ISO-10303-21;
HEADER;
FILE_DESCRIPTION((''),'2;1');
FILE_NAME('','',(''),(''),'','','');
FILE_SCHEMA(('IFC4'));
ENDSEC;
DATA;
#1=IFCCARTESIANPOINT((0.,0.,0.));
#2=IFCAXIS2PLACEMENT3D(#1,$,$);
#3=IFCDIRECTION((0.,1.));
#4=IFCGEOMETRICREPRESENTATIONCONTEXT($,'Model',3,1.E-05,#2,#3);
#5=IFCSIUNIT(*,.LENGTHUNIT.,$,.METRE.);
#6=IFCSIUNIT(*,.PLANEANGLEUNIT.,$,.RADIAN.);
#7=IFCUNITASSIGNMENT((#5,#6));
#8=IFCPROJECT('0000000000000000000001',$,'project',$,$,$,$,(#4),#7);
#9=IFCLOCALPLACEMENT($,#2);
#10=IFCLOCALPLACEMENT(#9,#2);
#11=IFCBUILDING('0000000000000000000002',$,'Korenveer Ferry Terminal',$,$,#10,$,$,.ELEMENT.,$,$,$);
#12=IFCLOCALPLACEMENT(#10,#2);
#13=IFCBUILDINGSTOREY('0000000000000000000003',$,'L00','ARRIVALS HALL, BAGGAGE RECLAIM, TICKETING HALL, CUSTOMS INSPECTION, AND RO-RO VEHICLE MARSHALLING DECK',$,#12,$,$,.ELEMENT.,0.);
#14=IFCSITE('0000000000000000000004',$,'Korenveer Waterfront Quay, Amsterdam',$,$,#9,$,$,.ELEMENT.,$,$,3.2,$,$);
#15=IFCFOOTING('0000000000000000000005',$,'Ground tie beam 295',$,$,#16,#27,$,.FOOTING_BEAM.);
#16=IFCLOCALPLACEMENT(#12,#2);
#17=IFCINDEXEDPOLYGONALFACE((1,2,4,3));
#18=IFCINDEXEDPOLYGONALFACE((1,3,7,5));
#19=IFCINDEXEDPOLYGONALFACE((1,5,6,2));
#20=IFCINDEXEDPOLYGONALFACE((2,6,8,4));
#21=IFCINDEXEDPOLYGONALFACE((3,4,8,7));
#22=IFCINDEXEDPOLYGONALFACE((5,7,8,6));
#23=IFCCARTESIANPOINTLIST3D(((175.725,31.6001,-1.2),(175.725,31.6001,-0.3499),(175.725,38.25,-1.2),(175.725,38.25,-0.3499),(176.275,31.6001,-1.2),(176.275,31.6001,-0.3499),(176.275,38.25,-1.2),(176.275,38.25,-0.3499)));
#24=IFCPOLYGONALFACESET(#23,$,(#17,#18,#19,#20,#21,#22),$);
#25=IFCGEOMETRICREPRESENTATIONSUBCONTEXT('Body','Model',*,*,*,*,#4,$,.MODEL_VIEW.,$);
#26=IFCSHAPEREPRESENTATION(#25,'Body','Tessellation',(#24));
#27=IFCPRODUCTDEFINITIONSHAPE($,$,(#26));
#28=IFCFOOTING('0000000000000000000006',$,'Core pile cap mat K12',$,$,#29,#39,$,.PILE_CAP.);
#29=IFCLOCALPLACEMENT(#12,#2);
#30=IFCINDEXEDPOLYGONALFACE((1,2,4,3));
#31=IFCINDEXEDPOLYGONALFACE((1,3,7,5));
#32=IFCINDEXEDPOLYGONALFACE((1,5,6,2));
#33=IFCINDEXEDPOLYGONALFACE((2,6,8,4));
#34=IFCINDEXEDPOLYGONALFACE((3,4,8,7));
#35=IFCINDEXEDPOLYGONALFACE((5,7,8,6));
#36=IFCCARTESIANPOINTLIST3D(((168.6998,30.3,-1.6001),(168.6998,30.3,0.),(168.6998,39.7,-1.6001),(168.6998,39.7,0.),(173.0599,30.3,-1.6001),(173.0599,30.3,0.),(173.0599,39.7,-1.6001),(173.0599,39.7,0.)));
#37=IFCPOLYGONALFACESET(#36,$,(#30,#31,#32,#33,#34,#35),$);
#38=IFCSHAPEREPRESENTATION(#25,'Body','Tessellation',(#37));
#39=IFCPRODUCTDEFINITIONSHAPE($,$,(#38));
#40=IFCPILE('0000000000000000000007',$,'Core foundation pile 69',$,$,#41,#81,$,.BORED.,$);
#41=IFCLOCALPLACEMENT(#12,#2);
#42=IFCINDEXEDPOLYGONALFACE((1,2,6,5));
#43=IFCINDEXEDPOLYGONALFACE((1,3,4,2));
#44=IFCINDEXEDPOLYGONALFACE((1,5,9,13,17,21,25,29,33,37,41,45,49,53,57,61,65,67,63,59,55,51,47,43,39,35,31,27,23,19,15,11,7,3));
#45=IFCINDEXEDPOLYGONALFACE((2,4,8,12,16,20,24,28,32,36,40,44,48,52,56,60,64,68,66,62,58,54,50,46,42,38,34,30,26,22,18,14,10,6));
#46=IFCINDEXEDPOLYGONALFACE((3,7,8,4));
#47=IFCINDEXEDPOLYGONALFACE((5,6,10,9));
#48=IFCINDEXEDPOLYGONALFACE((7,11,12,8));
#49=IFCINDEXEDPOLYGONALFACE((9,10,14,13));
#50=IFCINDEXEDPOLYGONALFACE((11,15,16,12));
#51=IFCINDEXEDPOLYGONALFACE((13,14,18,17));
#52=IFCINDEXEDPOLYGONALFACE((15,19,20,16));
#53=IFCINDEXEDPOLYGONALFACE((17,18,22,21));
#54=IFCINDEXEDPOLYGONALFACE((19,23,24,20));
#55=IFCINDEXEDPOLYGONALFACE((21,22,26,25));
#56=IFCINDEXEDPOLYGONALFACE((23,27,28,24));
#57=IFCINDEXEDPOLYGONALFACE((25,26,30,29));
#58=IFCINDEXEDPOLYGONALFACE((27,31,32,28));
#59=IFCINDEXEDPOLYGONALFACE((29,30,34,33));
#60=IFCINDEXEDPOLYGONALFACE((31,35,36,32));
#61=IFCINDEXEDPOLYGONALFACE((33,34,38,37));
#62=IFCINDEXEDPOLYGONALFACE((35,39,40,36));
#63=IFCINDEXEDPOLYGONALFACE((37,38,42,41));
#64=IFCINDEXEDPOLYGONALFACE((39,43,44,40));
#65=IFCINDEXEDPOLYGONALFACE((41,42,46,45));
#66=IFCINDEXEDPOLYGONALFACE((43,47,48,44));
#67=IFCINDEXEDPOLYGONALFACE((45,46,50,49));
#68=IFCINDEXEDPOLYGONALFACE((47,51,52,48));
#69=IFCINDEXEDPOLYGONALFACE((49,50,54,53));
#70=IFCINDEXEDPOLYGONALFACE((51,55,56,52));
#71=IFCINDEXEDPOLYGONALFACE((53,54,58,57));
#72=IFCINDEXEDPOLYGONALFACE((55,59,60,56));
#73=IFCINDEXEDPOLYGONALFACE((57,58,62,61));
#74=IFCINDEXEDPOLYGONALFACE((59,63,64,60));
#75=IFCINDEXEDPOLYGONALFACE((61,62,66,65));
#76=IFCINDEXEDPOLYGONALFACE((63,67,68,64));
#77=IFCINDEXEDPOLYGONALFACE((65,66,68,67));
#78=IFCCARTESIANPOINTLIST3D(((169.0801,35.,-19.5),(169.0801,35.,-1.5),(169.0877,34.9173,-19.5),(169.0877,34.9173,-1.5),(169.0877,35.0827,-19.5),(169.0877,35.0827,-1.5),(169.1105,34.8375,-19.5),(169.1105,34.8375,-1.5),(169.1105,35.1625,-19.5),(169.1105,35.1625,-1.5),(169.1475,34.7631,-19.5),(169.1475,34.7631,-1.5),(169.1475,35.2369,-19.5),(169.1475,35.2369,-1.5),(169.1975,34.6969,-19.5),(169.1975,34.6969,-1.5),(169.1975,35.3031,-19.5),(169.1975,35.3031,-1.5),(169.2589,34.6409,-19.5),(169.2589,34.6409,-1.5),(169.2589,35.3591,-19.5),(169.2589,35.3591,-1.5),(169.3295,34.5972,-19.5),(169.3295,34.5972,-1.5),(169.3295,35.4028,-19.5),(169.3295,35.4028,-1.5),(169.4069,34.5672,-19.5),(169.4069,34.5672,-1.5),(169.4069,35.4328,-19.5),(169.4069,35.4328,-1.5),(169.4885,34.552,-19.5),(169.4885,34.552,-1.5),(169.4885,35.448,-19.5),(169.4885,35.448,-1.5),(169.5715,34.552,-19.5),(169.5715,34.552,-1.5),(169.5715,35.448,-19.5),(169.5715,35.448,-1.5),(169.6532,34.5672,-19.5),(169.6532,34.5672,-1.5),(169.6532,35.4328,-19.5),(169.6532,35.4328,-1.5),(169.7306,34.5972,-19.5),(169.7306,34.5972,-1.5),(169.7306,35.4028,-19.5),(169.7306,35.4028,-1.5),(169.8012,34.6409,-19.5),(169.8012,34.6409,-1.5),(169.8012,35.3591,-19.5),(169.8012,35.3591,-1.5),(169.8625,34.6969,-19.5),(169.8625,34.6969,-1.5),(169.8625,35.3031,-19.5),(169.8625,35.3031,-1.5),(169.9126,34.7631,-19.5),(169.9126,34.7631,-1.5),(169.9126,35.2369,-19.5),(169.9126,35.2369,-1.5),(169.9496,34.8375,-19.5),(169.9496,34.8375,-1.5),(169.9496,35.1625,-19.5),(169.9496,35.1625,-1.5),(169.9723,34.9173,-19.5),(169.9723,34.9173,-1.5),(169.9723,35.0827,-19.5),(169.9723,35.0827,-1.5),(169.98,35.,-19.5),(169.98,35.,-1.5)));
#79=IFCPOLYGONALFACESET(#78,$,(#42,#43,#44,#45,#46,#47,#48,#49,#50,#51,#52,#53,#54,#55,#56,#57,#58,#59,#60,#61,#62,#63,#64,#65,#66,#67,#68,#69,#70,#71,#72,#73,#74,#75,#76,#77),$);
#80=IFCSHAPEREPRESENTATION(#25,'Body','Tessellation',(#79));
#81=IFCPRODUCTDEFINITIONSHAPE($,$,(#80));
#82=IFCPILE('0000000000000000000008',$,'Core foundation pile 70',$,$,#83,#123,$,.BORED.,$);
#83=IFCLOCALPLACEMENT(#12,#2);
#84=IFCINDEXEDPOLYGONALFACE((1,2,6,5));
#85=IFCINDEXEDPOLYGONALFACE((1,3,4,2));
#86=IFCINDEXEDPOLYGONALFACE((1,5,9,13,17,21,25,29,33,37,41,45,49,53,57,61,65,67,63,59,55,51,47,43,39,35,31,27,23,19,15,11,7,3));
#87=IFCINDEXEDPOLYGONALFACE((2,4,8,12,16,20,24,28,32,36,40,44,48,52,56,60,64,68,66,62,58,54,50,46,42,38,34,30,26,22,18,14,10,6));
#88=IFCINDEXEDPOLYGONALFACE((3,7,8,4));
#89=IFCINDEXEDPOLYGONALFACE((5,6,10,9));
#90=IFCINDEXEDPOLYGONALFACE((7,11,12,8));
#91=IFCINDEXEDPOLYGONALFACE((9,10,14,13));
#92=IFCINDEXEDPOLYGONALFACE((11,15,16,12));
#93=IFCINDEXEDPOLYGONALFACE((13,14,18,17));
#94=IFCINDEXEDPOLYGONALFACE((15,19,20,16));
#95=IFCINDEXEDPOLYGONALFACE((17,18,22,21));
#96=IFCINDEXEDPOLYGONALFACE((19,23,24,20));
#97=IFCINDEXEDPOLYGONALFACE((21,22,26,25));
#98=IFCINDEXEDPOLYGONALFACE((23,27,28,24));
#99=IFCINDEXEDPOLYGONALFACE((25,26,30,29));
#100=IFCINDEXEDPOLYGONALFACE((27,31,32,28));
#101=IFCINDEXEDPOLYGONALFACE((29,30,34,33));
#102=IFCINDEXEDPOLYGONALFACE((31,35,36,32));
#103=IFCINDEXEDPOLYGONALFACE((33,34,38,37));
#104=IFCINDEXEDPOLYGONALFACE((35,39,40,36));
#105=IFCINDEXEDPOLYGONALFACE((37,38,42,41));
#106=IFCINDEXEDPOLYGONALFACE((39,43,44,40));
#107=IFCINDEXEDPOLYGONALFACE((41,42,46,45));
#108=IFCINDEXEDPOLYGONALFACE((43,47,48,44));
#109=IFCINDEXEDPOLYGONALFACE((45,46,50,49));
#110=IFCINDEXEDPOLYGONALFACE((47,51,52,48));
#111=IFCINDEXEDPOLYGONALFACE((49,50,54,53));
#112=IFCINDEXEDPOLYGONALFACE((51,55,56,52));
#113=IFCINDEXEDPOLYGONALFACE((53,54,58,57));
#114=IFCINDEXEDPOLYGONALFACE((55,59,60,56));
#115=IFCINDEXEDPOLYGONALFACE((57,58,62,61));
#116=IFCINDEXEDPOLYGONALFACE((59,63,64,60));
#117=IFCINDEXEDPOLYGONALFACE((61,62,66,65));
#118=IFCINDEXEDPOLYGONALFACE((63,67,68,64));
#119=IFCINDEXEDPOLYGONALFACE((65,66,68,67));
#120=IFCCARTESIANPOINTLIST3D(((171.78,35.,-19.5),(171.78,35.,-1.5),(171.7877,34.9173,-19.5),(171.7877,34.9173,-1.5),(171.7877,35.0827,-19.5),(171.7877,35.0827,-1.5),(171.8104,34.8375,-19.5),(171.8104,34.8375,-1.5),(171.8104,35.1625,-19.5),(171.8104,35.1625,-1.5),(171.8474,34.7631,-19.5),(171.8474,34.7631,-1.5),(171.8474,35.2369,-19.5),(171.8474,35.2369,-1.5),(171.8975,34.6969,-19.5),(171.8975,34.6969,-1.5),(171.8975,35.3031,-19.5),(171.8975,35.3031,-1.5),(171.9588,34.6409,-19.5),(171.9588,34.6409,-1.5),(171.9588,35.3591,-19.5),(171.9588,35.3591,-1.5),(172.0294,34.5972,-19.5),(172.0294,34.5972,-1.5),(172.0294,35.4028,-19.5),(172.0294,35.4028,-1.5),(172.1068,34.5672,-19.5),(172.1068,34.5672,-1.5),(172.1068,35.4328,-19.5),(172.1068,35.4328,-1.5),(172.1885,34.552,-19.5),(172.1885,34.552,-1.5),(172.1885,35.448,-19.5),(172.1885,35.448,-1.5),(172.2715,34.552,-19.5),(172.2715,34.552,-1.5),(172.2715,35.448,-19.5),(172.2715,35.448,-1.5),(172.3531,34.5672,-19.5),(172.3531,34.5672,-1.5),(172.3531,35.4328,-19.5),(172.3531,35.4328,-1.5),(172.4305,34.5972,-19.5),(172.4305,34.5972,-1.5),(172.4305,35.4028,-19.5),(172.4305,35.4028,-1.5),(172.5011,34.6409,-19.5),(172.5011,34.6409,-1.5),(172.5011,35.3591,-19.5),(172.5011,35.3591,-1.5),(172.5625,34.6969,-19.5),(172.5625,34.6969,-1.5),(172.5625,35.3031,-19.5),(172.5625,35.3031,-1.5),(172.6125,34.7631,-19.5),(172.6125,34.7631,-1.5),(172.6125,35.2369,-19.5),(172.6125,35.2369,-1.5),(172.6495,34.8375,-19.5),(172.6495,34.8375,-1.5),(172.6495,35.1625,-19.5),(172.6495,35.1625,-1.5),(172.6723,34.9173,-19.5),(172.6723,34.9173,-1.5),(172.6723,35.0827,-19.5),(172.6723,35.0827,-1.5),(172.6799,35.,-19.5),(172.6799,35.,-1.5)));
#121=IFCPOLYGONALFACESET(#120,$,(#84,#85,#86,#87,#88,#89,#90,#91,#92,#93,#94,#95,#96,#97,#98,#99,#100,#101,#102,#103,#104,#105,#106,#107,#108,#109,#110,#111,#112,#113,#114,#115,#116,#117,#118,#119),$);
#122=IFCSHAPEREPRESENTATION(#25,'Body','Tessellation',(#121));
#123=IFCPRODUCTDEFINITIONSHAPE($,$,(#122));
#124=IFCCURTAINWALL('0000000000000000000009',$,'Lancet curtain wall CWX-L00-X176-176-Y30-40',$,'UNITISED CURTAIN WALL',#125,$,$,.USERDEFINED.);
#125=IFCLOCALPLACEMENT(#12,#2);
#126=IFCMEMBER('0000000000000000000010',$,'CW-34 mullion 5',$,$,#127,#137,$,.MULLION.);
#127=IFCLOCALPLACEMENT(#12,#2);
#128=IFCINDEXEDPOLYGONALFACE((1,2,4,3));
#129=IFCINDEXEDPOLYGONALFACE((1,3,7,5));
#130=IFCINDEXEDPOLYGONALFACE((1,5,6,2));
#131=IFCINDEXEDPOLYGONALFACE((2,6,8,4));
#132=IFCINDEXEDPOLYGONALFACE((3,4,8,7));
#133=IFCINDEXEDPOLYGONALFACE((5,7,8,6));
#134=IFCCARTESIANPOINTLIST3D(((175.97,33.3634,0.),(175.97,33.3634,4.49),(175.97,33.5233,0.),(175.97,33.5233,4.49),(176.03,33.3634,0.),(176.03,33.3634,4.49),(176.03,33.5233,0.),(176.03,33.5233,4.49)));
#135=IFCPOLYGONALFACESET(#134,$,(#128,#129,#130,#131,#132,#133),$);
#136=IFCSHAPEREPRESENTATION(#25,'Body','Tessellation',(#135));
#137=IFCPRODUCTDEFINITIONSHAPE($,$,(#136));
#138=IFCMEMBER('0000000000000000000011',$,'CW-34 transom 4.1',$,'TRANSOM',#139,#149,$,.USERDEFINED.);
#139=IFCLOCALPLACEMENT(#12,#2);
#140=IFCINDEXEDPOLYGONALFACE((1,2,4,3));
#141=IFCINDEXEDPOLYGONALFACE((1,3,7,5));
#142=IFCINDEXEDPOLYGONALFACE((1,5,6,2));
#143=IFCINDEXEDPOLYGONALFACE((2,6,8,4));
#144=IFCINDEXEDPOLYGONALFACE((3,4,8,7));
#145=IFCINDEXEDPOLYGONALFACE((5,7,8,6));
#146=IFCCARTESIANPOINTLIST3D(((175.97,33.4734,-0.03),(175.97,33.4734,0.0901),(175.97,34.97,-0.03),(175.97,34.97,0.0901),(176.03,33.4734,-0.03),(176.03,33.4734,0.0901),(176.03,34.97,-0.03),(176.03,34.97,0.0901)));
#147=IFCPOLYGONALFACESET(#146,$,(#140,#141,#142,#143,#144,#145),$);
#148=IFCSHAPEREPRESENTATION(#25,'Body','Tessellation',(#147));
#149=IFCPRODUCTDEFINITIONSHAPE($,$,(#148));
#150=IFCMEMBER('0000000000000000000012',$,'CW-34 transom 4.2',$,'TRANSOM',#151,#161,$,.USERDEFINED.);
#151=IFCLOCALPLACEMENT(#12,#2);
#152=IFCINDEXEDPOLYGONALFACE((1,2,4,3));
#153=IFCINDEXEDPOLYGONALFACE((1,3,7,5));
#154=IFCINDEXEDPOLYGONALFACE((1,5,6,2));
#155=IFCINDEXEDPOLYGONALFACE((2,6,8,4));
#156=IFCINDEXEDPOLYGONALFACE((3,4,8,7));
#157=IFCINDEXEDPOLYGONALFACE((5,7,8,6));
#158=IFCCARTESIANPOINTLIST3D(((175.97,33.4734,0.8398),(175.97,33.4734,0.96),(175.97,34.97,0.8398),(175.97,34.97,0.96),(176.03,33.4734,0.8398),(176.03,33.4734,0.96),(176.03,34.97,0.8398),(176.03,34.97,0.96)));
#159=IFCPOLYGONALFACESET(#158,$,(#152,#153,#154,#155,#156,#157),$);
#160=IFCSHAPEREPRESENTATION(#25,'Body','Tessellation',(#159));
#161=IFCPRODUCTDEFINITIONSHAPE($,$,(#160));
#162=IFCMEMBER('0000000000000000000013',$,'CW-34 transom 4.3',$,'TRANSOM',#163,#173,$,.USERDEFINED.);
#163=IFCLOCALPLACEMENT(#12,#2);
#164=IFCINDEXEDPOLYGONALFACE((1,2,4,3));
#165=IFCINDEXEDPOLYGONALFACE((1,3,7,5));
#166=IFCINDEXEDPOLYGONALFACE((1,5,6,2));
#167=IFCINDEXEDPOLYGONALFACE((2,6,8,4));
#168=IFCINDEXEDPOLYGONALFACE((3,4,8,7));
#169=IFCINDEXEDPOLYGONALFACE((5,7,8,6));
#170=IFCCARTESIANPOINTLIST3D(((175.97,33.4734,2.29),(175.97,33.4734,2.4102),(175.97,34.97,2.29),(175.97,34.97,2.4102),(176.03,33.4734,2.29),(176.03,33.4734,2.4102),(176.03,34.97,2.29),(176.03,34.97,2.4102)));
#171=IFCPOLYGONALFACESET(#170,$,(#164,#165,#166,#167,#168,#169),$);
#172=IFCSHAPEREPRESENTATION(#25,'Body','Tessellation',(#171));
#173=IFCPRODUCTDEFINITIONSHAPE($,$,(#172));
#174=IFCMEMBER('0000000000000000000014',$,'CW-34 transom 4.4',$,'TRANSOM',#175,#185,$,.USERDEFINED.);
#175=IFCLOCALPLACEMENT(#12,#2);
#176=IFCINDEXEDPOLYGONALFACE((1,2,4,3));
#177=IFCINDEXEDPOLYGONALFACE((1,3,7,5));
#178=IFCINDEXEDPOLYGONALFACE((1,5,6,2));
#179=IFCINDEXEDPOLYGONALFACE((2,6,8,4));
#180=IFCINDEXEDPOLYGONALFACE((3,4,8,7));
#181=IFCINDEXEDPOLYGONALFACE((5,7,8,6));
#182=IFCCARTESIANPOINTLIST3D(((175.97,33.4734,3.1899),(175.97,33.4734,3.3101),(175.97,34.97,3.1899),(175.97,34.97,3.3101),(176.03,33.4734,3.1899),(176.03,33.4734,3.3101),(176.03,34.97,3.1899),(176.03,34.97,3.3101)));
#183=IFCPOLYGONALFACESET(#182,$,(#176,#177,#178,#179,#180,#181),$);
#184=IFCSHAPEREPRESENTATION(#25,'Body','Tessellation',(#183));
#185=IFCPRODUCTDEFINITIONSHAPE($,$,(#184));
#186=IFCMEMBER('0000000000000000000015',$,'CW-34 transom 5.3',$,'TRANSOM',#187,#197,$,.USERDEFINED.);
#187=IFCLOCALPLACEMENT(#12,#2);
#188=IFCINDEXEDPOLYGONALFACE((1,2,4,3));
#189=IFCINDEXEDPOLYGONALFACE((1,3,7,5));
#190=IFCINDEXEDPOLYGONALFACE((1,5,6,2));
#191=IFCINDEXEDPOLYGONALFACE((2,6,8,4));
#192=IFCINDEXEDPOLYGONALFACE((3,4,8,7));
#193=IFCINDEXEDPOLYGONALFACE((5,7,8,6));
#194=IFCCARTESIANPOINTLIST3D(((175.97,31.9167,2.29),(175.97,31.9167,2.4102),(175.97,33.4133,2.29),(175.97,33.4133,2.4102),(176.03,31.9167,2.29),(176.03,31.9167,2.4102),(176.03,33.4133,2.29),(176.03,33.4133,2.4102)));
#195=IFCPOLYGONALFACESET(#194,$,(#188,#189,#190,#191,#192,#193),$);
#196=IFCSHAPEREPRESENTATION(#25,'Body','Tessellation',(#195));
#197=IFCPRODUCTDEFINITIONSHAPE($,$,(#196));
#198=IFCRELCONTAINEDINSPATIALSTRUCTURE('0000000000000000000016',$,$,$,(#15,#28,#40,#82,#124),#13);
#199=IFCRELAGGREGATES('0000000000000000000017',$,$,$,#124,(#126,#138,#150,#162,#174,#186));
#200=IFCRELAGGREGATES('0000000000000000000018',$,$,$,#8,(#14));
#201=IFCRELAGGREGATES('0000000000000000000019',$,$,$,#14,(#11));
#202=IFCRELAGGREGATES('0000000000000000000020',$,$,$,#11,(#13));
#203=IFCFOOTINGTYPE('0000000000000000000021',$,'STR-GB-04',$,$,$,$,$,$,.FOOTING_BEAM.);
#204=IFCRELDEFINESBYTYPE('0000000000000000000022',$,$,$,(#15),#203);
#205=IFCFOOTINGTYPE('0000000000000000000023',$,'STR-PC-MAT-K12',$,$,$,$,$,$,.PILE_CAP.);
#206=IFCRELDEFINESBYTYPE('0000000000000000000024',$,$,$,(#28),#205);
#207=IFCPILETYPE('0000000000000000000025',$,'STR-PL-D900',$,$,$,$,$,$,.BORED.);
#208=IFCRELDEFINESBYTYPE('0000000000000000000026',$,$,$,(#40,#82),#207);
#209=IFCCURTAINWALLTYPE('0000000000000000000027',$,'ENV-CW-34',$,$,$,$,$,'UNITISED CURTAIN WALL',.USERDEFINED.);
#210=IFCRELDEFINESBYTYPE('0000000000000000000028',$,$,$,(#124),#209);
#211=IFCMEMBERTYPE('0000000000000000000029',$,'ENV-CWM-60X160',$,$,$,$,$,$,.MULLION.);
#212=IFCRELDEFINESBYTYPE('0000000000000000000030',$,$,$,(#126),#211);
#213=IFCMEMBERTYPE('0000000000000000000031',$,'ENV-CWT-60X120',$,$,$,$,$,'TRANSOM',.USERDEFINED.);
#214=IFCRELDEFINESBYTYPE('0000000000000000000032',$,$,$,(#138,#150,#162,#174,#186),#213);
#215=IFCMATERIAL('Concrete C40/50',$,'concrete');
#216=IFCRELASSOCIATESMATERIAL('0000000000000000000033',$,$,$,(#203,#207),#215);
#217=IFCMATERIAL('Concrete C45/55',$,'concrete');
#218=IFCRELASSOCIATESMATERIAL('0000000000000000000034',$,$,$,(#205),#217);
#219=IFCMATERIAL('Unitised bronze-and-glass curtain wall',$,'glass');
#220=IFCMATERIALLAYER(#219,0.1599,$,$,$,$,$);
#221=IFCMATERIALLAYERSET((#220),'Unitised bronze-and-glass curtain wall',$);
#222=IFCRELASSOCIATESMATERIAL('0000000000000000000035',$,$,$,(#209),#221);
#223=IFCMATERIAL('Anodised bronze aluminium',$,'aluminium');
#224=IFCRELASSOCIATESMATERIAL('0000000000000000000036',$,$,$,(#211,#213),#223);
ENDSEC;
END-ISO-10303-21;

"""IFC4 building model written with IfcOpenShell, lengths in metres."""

from ifc_helpers import new_model, si_unit, direction, frame, origin, origin_2d, place, context, subcontext, project, spatial, rectangle, circle, extrude, material, layer, layer_set, material_profile, profile_set, type_object, element, aggregate, save


model = new_model("IFC4")

# Units and contexts
model_context = context("Model", 3, precision=1e-05, world=origin(), true_north=direction((0.0, 1.0)))
body_context = subcontext(model_context, "Body", "Model", "MODEL_VIEW")
ifc_project = project(units=[si_unit("LENGTHUNIT", "METRE"), si_unit("PLANEANGLEUNIT", "RADIAN")], contexts=[model_context])

# Site, building, storey
site_placement = place(None, origin())
site = spatial("IfcSite", under=ifc_project, at=site_placement, Name="Korenveer Waterfront Quay, Amsterdam", CompositionType="ELEMENT", RefElevation=3.2)
building_placement = place(site_placement, origin())
building = spatial("IfcBuilding", under=site, at=building_placement, Name="Korenveer Ferry Terminal", CompositionType="ELEMENT")
storey_placement = place(building_placement, origin())
storey = spatial("IfcBuildingStorey", under=building, at=storey_placement, Name="L00", Description="ARRIVALS HALL, BAGGAGE RECLAIM, TICKETING HALL, CUSTOMS INSPECTION, AND RO-RO VEHICLE MARSHALLING DECK", CompositionType="ELEMENT", Elevation=0.0)

# Footings
ifc_material_1 = material(Name="Concrete C40/50", Category="concrete")
footing_type_1 = type_object("IfcFootingType", Name="STR-GB-04", PredefinedType="FOOTING_BEAM", material=ifc_material_1)
footing_1_placement = place(storey_placement, frame((176.0, 34.925, -1.2), z_axis=(0.0, 0.0, 1.0), x_axis=(1.0, 0.0, 0.0)))
element("IfcFooting", 1, at=footing_1_placement, inside=storey, type_object=footing_type_1, Name="Ground tie beam 295", PredefinedType="FOOTING_BEAM", context=body_context, shape_type="SweptSolid", body=[
    extrude(rectangle(XDim=0.55, YDim=6.6499, at=origin_2d()), origin(), (0.0, 0.0, 1.0), 0.8501),
])
ifc_material_2 = material(Name="Concrete C45/55", Category="concrete")
footing_type_2 = type_object("IfcFootingType", Name="STR-PC-MAT-K12", PredefinedType="PILE_CAP", material=ifc_material_2)
footing_2_placement = place(storey_placement, frame((170.8799, 35.0, -1.6001), z_axis=(0.0, 0.0, 1.0), x_axis=(1.0, 0.0, 0.0)))
element("IfcFooting", 2, at=footing_2_placement, inside=storey, type_object=footing_type_2, Name="Core pile cap mat K12", PredefinedType="PILE_CAP", context=body_context, shape_type="SweptSolid", body=[
    extrude(rectangle(XDim=4.3601, YDim=9.3999, at=origin_2d()), origin(), (0.0, 0.0, 1.0), 1.6001),
])

# Piles
ifc_material_profile_1 = material_profile(ifc_material_1, circle(Radius=0.45, at=origin_2d()), Name="PILE D900")
ifc_profile_set_1 = profile_set([ifc_material_profile_1], Name="Concrete C40/50")
pile_type = type_object("IfcPileType", Name="STR-PL-D900", PredefinedType="BORED", material=ifc_profile_set_1)
for number, where, z_axis, x_axis, name in (
    (3, (169.53, 35.0, -1.5), (0.0, 0.0, -1.0), (1.0, 0.0, 0.0), "Core foundation pile 69"),
    (4, (172.23, 35.0, -1.5), (0.0, 0.0, -1.0), (1.0, 0.0, 0.0), "Core foundation pile 70"),
):
    element("IfcPile", number, at=place(storey_placement, frame(where, z_axis=z_axis, x_axis=x_axis)), inside=storey, type_object=pile_type, Name=name, PredefinedType="BORED", context=body_context, shape_type="SweptSolid", body=[
        extrude(circle(Radius=0.45, at=origin_2d()), origin(), (0.0, 0.0, 1.0), 18.0),
    ])

# Curtain wall, members
ifc_material_3 = material(Name="Unitised bronze-and-glass curtain wall", Category="glass")
ifc_layer_1 = layer(ifc_material_3, 0.1599)
ifc_layer_set_1 = layer_set([ifc_layer_1], Name="Unitised bronze-and-glass curtain wall")
curtain_wall_type = type_object("IfcCurtainWallType", Name="ENV-CW-34", ElementType="UNITISED CURTAIN WALL", PredefinedType="USERDEFINED", material=ifc_layer_set_1)
curtain_wall_placement = place(storey_placement, frame((176.0, 39.6699, 0.0)))
curtain_wall = element("IfcCurtainWall", 5, at=curtain_wall_placement, inside=storey, type_object=curtain_wall_type, Name="Lancet curtain wall CWX-L00-X176-176-Y30-40", ObjectType="UNITISED CURTAIN WALL", PredefinedType="USERDEFINED")
ifc_material_4 = material(Name="Anodised bronze aluminium", Category="aluminium")
ifc_material_profile_2 = material_profile(ifc_material_4, rectangle(XDim=0.0601, YDim=0.1599, at=origin_2d()), Name="ALU 60x160")
ifc_profile_set_2 = profile_set([ifc_material_profile_2], Name="Anodised bronze aluminium")
member_type_1 = type_object("IfcMemberType", Name="ENV-CWM-60X160", PredefinedType="MULLION", material=ifc_profile_set_2)
member_1_placement = place(storey_placement, frame((176.0, 33.4434, 0.0), z_axis=(0.0, 0.0, 1.0), x_axis=(1.0, 0.0, 0.0)))
member_1 = element("IfcMember", 6, at=member_1_placement, type_object=member_type_1, Name="CW-34 mullion 5", PredefinedType="MULLION", context=body_context, shape_type="SweptSolid", body=[
    extrude(rectangle(XDim=0.0601, YDim=0.1599, at=origin_2d()), origin(), (0.0, 0.0, 1.0), 4.49),
])
ifc_material_profile_3 = material_profile(ifc_material_4, rectangle(XDim=0.0601, YDim=0.1201, at=origin_2d()), Name="ALU 60x120")
ifc_profile_set_3 = profile_set([ifc_material_profile_3], Name="Anodised bronze aluminium")
member_type_2 = type_object("IfcMemberType", Name="ENV-CWT-60X120", ElementType="TRANSOM", PredefinedType="USERDEFINED", material=ifc_profile_set_3)
member_2_placement = place(storey_placement, frame((176.0, 34.97, 0.03), z_axis=(0.0, -1.0, 0.0), x_axis=(1.0, 0.0, 0.0)))
member_2 = element("IfcMember", 7, at=member_2_placement, type_object=member_type_2, Name="CW-34 transom 4.1", ObjectType="TRANSOM", PredefinedType="USERDEFINED", context=body_context, shape_type="SweptSolid", body=[
    extrude(rectangle(XDim=0.0601, YDim=0.1201, at=origin_2d()), origin(), (0.0, 0.0, 1.0), 1.4966),
])
member_3_placement = place(storey_placement, frame((176.0, 34.97, 0.8999), z_axis=(0.0, -1.0, 0.0), x_axis=(1.0, 0.0, 0.0)))
member_3 = element("IfcMember", 8, at=member_3_placement, type_object=member_type_2, Name="CW-34 transom 4.2", ObjectType="TRANSOM", PredefinedType="USERDEFINED", context=body_context, shape_type="SweptSolid", body=[
    extrude(rectangle(XDim=0.0601, YDim=0.1201, at=origin_2d()), origin(), (0.0, 0.0, 1.0), 1.4966),
])
member_4_placement = place(storey_placement, frame((176.0, 34.97, 2.3501), z_axis=(0.0, -1.0, 0.0), x_axis=(1.0, 0.0, 0.0)))
member_4 = element("IfcMember", 9, at=member_4_placement, type_object=member_type_2, Name="CW-34 transom 4.3", ObjectType="TRANSOM", PredefinedType="USERDEFINED", context=body_context, shape_type="SweptSolid", body=[
    extrude(rectangle(XDim=0.0601, YDim=0.1201, at=origin_2d()), origin(), (0.0, 0.0, 1.0), 1.4966),
])
member_5_placement = place(storey_placement, frame((176.0, 34.97, 3.25), z_axis=(0.0, -1.0, 0.0), x_axis=(1.0, 0.0, 0.0)))
member_5 = element("IfcMember", 10, at=member_5_placement, type_object=member_type_2, Name="CW-34 transom 4.4", ObjectType="TRANSOM", PredefinedType="USERDEFINED", context=body_context, shape_type="SweptSolid", body=[
    extrude(rectangle(XDim=0.0601, YDim=0.1201, at=origin_2d()), origin(), (0.0, 0.0, 1.0), 1.4966),
])
member_6_placement = place(storey_placement, frame((176.0, 33.4133, 2.3501), z_axis=(0.0, -1.0, 0.0), x_axis=(1.0, 0.0, 0.0)))
member_6 = element("IfcMember", 11, at=member_6_placement, type_object=member_type_2, Name="CW-34 transom 5.3", ObjectType="TRANSOM", PredefinedType="USERDEFINED", context=body_context, shape_type="SweptSolid", body=[
    extrude(rectangle(XDim=0.0601, YDim=0.1201, at=origin_2d()), origin(), (0.0, 0.0, 1.0), 1.4966),
])
aggregate(curtain_wall, [member_1, member_2, member_3, member_4, member_5, member_6])

save(model, "model.ifc")
